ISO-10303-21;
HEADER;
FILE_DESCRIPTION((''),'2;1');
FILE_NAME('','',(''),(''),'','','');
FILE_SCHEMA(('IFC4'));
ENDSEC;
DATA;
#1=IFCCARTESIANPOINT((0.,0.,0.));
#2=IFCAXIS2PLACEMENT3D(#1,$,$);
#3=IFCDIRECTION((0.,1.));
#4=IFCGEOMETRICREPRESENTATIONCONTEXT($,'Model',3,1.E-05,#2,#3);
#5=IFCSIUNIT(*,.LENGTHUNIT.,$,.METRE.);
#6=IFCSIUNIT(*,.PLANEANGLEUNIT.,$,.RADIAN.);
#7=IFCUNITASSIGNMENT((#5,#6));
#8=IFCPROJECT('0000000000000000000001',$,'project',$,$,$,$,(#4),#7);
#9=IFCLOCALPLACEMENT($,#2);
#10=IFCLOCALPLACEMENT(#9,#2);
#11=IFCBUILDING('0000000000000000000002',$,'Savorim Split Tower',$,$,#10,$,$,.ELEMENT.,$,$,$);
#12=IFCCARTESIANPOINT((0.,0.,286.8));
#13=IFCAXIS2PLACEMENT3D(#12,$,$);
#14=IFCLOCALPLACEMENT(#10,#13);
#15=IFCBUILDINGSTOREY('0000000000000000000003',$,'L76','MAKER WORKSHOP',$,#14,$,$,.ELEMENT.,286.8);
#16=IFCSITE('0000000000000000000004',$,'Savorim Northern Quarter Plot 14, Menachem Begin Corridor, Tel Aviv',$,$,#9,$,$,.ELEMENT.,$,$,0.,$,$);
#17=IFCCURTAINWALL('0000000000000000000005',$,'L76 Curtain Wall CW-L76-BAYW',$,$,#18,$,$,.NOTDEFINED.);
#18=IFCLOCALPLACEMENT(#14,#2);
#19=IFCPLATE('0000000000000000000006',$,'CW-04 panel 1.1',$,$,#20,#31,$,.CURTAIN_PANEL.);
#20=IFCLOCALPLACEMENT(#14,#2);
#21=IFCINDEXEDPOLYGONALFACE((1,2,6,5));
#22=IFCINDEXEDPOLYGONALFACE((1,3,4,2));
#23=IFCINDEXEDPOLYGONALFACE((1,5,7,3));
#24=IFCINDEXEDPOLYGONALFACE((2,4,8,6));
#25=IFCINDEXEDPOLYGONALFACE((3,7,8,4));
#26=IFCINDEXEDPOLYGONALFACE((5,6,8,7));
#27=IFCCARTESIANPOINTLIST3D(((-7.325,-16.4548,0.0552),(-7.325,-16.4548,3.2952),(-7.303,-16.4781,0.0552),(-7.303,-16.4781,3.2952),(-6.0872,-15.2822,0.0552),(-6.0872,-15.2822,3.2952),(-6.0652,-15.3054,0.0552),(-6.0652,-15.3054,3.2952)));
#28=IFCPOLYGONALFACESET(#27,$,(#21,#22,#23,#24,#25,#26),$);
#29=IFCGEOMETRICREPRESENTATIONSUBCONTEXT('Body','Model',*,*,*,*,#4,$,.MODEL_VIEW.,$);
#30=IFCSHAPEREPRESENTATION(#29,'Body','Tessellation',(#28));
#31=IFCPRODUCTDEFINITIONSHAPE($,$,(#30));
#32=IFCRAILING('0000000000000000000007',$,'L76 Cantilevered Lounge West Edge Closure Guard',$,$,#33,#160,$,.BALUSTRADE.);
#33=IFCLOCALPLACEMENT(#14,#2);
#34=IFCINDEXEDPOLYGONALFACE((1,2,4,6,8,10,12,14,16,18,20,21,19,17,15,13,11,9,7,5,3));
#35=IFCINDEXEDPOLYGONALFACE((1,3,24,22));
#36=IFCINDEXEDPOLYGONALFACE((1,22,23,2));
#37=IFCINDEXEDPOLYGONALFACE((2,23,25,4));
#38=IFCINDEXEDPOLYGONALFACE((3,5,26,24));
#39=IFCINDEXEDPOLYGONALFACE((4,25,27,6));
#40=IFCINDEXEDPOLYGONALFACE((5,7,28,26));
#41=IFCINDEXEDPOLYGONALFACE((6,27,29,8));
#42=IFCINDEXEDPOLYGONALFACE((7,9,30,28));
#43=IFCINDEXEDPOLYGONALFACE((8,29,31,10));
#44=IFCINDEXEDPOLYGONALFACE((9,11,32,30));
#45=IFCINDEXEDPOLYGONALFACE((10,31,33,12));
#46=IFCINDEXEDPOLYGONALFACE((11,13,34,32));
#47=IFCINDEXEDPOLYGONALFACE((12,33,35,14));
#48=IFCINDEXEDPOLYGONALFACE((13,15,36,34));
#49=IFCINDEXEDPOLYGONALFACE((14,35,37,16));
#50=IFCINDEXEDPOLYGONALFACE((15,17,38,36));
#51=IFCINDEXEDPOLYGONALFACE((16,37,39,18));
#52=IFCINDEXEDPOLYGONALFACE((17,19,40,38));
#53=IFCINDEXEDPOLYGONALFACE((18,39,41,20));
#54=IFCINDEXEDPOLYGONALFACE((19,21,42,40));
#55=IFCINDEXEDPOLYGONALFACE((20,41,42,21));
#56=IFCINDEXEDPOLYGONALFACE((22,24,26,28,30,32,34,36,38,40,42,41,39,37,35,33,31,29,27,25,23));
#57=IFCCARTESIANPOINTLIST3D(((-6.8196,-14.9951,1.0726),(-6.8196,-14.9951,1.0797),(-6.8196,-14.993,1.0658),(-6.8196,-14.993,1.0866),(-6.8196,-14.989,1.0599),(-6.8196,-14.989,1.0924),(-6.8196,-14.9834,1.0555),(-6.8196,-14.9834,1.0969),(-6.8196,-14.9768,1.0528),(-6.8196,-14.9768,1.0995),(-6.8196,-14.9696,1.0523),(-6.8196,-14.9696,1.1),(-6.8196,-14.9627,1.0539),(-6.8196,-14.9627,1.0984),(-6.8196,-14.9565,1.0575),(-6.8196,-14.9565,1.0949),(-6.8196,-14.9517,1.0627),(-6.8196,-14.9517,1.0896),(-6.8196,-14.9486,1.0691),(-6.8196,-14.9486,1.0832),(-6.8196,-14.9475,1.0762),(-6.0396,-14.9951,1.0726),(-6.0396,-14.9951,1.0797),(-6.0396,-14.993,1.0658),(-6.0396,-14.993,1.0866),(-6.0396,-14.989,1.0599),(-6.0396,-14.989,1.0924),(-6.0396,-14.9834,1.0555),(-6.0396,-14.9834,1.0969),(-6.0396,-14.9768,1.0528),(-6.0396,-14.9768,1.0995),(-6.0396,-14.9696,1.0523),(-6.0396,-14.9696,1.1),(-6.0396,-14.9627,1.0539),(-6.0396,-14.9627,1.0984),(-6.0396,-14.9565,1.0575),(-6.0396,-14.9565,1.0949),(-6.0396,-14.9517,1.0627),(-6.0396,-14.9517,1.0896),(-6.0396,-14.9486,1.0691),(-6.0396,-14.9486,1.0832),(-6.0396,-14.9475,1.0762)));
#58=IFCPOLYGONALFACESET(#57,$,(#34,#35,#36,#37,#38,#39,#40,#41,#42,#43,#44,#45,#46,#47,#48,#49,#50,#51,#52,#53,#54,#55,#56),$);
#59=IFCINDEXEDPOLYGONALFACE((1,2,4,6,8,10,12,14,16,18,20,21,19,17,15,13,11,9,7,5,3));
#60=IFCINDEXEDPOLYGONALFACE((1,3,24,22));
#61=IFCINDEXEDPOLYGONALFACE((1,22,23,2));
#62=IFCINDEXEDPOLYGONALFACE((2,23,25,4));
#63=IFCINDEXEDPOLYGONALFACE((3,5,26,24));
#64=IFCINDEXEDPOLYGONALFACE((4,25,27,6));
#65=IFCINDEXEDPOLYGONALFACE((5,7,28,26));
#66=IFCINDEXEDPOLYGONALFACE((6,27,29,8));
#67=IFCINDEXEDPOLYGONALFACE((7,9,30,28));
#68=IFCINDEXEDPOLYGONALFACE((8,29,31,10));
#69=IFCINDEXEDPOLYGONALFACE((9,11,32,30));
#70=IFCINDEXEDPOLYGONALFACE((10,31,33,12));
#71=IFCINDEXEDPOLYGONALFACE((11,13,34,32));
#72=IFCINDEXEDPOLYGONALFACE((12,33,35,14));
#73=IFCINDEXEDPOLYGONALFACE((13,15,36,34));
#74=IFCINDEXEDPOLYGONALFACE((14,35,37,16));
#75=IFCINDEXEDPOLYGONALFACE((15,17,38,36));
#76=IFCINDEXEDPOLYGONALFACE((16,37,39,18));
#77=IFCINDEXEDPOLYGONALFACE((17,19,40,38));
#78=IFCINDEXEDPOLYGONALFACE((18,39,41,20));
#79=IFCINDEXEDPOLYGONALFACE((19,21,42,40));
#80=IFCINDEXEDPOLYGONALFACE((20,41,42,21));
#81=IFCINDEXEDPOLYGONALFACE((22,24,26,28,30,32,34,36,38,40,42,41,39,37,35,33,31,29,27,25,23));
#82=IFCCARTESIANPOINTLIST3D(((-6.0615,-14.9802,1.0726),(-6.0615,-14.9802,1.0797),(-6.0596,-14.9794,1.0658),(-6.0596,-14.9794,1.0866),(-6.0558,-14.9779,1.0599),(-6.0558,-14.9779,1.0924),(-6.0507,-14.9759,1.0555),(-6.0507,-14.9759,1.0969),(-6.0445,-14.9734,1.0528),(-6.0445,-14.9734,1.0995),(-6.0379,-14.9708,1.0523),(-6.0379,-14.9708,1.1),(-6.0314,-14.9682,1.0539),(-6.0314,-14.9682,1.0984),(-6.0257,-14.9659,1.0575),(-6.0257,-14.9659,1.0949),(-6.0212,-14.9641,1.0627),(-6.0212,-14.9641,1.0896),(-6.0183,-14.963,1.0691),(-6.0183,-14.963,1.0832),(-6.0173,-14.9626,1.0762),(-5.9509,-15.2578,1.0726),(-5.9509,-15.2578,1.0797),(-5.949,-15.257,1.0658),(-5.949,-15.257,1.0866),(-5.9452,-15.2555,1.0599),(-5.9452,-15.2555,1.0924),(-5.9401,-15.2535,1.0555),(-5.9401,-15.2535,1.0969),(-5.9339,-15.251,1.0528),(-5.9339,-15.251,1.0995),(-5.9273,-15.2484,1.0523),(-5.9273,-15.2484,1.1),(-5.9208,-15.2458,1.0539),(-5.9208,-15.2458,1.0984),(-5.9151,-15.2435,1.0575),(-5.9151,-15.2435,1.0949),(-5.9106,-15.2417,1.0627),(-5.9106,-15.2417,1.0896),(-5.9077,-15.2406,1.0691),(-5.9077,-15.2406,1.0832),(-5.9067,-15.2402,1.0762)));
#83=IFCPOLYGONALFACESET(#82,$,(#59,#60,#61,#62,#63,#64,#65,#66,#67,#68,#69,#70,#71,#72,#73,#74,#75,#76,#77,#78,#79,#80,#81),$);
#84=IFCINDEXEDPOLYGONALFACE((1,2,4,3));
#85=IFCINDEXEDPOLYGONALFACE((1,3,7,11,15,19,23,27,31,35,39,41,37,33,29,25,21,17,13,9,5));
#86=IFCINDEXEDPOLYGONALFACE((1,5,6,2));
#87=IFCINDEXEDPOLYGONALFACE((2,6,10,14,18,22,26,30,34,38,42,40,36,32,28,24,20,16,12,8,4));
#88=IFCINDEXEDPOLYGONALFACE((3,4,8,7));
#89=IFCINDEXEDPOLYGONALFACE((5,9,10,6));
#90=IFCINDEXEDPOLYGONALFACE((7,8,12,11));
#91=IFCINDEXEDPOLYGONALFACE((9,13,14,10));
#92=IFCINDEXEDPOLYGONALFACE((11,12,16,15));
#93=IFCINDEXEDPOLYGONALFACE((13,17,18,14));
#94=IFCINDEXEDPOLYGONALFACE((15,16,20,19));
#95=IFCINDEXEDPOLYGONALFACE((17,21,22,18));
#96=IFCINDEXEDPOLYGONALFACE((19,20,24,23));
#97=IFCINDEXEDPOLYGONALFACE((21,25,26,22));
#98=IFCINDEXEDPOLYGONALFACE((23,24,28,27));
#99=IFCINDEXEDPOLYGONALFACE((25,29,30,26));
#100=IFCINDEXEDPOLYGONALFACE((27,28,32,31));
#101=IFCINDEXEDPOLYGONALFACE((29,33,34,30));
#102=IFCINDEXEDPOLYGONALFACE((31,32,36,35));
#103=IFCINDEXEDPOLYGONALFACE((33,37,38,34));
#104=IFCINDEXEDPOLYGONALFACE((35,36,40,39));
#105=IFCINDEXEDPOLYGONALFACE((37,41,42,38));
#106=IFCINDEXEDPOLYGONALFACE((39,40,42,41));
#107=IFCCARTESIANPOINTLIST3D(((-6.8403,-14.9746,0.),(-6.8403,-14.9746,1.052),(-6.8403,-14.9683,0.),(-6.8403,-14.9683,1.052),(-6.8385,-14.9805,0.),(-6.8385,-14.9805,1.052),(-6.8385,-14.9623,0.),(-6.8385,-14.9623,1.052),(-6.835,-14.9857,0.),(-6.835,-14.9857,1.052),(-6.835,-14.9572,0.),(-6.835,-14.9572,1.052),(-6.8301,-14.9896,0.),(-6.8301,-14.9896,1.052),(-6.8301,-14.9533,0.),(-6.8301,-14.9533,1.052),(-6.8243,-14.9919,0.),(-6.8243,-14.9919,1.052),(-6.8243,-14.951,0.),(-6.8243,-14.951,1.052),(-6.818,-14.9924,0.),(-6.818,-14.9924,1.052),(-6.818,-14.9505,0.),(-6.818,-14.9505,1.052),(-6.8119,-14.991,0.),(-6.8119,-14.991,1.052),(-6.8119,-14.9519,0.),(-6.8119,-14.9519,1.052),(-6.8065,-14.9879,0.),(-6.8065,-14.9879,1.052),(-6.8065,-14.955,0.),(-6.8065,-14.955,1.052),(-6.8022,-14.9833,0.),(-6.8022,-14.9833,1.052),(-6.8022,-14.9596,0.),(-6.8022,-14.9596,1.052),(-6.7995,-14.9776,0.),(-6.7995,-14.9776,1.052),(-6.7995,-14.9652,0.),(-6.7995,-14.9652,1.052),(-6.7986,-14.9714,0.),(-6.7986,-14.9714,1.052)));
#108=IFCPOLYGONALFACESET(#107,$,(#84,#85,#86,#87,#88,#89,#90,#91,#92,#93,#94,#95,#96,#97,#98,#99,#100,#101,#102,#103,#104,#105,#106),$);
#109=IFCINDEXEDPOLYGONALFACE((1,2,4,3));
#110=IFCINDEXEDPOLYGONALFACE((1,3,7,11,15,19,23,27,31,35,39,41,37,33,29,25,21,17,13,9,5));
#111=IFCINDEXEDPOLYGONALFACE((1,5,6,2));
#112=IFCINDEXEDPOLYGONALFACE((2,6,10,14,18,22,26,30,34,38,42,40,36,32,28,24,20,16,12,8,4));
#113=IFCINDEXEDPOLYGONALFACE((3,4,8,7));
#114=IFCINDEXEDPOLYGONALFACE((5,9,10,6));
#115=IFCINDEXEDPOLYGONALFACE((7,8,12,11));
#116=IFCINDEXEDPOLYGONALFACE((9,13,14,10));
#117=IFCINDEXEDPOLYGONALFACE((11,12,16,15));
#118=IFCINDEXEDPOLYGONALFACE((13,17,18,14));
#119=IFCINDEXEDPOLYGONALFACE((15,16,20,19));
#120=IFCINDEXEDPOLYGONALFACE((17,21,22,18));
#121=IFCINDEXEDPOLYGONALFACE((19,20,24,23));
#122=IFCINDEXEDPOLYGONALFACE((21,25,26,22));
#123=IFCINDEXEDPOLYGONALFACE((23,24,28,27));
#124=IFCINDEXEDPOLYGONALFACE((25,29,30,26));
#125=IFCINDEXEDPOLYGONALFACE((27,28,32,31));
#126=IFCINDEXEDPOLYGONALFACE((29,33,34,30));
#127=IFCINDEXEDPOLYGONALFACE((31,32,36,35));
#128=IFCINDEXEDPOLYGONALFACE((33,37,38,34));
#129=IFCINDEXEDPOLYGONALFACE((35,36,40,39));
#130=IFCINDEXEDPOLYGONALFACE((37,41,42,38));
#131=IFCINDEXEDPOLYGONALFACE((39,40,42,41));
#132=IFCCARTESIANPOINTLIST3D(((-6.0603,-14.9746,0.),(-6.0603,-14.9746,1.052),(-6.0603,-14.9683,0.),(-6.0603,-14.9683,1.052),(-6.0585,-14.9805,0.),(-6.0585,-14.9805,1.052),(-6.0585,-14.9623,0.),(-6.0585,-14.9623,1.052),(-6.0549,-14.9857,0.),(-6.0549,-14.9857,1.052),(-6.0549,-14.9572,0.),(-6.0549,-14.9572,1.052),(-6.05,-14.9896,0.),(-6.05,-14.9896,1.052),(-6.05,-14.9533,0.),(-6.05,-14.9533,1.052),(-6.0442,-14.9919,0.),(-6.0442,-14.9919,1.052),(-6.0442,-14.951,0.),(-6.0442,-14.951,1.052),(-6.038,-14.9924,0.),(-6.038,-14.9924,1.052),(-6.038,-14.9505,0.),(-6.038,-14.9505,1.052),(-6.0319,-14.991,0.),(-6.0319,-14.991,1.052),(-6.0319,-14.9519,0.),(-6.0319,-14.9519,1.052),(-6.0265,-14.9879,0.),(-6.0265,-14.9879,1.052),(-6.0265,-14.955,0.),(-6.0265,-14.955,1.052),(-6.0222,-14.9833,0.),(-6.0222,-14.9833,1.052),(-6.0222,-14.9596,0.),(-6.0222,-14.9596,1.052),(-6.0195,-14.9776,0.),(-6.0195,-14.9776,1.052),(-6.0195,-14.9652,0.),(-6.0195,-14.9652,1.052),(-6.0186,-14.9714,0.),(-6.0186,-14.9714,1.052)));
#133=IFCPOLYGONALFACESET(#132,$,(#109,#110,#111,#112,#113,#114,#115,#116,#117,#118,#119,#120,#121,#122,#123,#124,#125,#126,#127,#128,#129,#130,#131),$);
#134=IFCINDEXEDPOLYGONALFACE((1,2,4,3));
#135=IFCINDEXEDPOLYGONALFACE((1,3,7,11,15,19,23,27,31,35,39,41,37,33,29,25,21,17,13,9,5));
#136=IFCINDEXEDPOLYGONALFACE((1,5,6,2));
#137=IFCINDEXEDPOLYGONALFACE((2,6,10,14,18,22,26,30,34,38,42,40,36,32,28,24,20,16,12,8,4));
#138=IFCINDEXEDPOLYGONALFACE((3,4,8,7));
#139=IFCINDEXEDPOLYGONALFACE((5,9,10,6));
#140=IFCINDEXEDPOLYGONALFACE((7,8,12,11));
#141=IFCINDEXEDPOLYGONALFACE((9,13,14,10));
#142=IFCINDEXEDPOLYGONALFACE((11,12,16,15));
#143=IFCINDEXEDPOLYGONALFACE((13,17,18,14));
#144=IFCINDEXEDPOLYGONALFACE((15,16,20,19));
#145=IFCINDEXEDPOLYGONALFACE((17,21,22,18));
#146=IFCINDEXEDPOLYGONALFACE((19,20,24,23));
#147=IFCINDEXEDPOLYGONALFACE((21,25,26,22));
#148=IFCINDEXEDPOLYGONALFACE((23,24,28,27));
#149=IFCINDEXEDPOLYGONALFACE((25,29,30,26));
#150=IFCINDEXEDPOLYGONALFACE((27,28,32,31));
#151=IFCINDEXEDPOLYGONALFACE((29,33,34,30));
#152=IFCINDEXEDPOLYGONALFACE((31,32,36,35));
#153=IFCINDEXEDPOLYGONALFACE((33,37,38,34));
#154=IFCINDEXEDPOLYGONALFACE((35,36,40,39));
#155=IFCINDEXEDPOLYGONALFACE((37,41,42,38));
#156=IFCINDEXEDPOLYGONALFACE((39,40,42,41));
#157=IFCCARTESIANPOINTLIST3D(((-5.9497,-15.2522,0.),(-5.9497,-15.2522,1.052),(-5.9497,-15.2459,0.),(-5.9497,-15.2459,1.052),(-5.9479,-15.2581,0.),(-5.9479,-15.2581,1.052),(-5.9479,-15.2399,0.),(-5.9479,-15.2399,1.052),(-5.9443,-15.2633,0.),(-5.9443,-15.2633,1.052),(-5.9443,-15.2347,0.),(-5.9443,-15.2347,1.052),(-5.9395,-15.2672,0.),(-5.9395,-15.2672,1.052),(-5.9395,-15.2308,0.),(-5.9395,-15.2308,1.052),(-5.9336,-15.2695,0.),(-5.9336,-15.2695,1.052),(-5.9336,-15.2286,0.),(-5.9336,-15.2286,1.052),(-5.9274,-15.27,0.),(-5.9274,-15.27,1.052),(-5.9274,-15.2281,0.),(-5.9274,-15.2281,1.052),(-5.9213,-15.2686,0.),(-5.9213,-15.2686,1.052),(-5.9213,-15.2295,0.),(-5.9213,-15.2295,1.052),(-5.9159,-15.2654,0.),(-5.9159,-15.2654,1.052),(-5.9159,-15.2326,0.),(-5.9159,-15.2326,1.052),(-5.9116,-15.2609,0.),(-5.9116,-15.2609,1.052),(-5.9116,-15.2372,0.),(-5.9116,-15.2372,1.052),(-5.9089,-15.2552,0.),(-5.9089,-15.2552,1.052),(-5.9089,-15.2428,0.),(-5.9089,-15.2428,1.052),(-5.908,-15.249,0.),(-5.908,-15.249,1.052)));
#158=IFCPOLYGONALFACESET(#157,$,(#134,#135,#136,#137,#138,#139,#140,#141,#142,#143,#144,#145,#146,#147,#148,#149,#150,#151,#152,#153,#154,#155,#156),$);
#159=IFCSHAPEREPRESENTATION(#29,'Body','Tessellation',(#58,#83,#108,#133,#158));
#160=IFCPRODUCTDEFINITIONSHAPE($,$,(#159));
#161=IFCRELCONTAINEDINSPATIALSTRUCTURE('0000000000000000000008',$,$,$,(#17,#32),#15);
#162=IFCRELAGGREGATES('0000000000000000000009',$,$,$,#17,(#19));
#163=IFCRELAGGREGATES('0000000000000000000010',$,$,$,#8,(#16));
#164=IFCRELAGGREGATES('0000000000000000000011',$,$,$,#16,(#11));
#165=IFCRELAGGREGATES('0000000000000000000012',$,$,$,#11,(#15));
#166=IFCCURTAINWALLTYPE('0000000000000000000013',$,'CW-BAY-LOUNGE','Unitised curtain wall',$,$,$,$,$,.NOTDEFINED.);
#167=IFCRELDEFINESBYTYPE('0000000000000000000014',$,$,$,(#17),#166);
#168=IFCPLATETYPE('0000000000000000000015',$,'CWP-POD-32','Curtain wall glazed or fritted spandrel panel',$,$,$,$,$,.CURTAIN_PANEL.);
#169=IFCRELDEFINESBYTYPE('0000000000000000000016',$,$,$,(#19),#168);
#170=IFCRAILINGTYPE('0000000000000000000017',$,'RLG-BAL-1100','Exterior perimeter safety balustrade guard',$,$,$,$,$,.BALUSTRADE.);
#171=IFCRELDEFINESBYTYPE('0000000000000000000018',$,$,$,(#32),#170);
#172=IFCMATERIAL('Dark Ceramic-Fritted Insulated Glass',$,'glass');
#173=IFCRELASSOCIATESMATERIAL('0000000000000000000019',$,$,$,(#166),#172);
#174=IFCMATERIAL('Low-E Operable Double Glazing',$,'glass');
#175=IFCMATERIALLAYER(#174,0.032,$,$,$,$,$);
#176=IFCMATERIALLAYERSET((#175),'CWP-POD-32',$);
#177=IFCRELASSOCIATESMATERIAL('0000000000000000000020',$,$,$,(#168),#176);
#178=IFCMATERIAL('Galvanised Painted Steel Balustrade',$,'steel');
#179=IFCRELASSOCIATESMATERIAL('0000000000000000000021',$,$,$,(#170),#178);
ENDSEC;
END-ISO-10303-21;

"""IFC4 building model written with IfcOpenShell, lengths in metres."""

from ifc_helpers import new_model, si_unit, direction, frame, origin, origin_2d, place, context, subcontext, project, spatial, rectangle, circle, extrude, material, layer, layer_set, type_object, element, aggregate, save


model = new_model("IFC4")

# Units and contexts
model_context = context("Model", 3, precision=1e-05, world=origin(), true_north=direction((0.0, 1.0)))
body_context = subcontext(model_context, "Body", "Model", "MODEL_VIEW")
ifc_project = project(units=[si_unit("LENGTHUNIT", "METRE"), si_unit("PLANEANGLEUNIT", "RADIAN")], contexts=[model_context])

# Site, building, storey
site_placement = place(None, origin())
site = spatial("IfcSite", under=ifc_project, at=site_placement, Name="Savorim Northern Quarter Plot 14, Menachem Begin Corridor, Tel Aviv", CompositionType="ELEMENT", RefElevation=0.0)
building_placement = place(site_placement, origin())
building = spatial("IfcBuilding", under=site, at=building_placement, Name="Savorim Split Tower", CompositionType="ELEMENT")
storey_placement = place(building_placement, frame((0.0, 0.0, 286.8)))
storey = spatial("IfcBuildingStorey", under=building, at=storey_placement, Name="L76", Description="MAKER WORKSHOP", CompositionType="ELEMENT", Elevation=286.8)

# Shared definitions
ifc_material_1 = material(Name="Dark Ceramic-Fritted Insulated Glass", Category="glass")

# Curtain wall
curtain_wall_type_1 = type_object("IfcCurtainWallType", Name="CW-BAY-LOUNGE", Description="Unitised curtain wall", PredefinedType="NOTDEFINED", material=ifc_material_1)
curtain_wall_1_placement = place(storey_placement, origin())
curtain_wall_1 = element("IfcCurtainWall", 1, at=curtain_wall_1_placement, inside=storey, type_object=curtain_wall_type_1, Name="L76 Curtain Wall CW-L76-BAYW", PredefinedType="NOTDEFINED")

# Plate
ifc_material_2 = material(Name="Low-E Operable Double Glazing", Category="glass")
ifc_layer = layer(ifc_material_2, 0.032)
ifc_layer_set = layer_set([ifc_layer], Name="CWP-POD-32")
plate_type = type_object("IfcPlateType", Name="CWP-POD-32", Description="Curtain wall glazed or fritted spandrel panel", PredefinedType="CURTAIN_PANEL", material=ifc_layer_set)
plate_1_placement = place(storey_placement, frame((-6.6951, -15.8801, 0.0552), z_axis=(0.0, 0.0, 1.0), x_axis=(-0.72595, -0.687748, 0.0)))
plate_1 = element("IfcPlate", 2, at=plate_1_placement, type_object=plate_type, Name="CW-04 panel 1.1", PredefinedType="CURTAIN_PANEL", context=body_context, shape_type="SweptSolid", body=[
    extrude(rectangle(XDim=1.7051, YDim=0.032, at=origin_2d()), origin(), (0.0, 0.0, 1.0), 3.24),
])
aggregate(curtain_wall_1, [plate_1])

# Railing
ifc_material_3 = material(Name="Galvanised Painted Steel Balustrade", Category="steel")
railing_type_1 = type_object("IfcRailingType", Name="RLG-BAL-1100", Description="Exterior perimeter safety balustrade guard", PredefinedType="BALUSTRADE", material=ifc_material_3)
railing_1_placement = place(storey_placement, frame((-6.8196, -14.9714, 0.0)))
element("IfcRailing", 3, at=railing_1_placement, inside=storey, type_object=railing_type_1, Name="L76 Cantilevered Lounge West Edge Closure Guard", PredefinedType="BALUSTRADE", context=body_context, shape_type="SweptSolid", body=[
    extrude(circle(Radius=0.0239, at=origin_2d()), frame((0.0, 0.0, 1.0762), z_axis=(1.0, 0.0, 0.0), x_axis=(0.0, 1.0, 0.0)), (0.0, 0.0, 1.0), 0.78),
    extrude(circle(Radius=0.0239, at=origin_2d()), frame((0.78, 0.0, 1.0762), z_axis=(0.370122, -0.928983, 0.0), x_axis=(0.928983, 0.370122, 0.0)), (0.0, 0.0, 1.0), 0.2988),
    extrude(circle(Radius=0.021, at=origin_2d()), origin(), (0.0, 0.0, 1.0), 1.052),
    extrude(circle(Radius=0.021, at=origin_2d()), frame((0.78, 0.0, 0.0)), (0.0, 0.0, 1.0), 1.052),
    extrude(circle(Radius=0.021, at=origin_2d()), frame((0.8906, -0.2776, 0.0)), (0.0, 0.0, 1.0), 1.052),
])

save(model, "model.ifc")
